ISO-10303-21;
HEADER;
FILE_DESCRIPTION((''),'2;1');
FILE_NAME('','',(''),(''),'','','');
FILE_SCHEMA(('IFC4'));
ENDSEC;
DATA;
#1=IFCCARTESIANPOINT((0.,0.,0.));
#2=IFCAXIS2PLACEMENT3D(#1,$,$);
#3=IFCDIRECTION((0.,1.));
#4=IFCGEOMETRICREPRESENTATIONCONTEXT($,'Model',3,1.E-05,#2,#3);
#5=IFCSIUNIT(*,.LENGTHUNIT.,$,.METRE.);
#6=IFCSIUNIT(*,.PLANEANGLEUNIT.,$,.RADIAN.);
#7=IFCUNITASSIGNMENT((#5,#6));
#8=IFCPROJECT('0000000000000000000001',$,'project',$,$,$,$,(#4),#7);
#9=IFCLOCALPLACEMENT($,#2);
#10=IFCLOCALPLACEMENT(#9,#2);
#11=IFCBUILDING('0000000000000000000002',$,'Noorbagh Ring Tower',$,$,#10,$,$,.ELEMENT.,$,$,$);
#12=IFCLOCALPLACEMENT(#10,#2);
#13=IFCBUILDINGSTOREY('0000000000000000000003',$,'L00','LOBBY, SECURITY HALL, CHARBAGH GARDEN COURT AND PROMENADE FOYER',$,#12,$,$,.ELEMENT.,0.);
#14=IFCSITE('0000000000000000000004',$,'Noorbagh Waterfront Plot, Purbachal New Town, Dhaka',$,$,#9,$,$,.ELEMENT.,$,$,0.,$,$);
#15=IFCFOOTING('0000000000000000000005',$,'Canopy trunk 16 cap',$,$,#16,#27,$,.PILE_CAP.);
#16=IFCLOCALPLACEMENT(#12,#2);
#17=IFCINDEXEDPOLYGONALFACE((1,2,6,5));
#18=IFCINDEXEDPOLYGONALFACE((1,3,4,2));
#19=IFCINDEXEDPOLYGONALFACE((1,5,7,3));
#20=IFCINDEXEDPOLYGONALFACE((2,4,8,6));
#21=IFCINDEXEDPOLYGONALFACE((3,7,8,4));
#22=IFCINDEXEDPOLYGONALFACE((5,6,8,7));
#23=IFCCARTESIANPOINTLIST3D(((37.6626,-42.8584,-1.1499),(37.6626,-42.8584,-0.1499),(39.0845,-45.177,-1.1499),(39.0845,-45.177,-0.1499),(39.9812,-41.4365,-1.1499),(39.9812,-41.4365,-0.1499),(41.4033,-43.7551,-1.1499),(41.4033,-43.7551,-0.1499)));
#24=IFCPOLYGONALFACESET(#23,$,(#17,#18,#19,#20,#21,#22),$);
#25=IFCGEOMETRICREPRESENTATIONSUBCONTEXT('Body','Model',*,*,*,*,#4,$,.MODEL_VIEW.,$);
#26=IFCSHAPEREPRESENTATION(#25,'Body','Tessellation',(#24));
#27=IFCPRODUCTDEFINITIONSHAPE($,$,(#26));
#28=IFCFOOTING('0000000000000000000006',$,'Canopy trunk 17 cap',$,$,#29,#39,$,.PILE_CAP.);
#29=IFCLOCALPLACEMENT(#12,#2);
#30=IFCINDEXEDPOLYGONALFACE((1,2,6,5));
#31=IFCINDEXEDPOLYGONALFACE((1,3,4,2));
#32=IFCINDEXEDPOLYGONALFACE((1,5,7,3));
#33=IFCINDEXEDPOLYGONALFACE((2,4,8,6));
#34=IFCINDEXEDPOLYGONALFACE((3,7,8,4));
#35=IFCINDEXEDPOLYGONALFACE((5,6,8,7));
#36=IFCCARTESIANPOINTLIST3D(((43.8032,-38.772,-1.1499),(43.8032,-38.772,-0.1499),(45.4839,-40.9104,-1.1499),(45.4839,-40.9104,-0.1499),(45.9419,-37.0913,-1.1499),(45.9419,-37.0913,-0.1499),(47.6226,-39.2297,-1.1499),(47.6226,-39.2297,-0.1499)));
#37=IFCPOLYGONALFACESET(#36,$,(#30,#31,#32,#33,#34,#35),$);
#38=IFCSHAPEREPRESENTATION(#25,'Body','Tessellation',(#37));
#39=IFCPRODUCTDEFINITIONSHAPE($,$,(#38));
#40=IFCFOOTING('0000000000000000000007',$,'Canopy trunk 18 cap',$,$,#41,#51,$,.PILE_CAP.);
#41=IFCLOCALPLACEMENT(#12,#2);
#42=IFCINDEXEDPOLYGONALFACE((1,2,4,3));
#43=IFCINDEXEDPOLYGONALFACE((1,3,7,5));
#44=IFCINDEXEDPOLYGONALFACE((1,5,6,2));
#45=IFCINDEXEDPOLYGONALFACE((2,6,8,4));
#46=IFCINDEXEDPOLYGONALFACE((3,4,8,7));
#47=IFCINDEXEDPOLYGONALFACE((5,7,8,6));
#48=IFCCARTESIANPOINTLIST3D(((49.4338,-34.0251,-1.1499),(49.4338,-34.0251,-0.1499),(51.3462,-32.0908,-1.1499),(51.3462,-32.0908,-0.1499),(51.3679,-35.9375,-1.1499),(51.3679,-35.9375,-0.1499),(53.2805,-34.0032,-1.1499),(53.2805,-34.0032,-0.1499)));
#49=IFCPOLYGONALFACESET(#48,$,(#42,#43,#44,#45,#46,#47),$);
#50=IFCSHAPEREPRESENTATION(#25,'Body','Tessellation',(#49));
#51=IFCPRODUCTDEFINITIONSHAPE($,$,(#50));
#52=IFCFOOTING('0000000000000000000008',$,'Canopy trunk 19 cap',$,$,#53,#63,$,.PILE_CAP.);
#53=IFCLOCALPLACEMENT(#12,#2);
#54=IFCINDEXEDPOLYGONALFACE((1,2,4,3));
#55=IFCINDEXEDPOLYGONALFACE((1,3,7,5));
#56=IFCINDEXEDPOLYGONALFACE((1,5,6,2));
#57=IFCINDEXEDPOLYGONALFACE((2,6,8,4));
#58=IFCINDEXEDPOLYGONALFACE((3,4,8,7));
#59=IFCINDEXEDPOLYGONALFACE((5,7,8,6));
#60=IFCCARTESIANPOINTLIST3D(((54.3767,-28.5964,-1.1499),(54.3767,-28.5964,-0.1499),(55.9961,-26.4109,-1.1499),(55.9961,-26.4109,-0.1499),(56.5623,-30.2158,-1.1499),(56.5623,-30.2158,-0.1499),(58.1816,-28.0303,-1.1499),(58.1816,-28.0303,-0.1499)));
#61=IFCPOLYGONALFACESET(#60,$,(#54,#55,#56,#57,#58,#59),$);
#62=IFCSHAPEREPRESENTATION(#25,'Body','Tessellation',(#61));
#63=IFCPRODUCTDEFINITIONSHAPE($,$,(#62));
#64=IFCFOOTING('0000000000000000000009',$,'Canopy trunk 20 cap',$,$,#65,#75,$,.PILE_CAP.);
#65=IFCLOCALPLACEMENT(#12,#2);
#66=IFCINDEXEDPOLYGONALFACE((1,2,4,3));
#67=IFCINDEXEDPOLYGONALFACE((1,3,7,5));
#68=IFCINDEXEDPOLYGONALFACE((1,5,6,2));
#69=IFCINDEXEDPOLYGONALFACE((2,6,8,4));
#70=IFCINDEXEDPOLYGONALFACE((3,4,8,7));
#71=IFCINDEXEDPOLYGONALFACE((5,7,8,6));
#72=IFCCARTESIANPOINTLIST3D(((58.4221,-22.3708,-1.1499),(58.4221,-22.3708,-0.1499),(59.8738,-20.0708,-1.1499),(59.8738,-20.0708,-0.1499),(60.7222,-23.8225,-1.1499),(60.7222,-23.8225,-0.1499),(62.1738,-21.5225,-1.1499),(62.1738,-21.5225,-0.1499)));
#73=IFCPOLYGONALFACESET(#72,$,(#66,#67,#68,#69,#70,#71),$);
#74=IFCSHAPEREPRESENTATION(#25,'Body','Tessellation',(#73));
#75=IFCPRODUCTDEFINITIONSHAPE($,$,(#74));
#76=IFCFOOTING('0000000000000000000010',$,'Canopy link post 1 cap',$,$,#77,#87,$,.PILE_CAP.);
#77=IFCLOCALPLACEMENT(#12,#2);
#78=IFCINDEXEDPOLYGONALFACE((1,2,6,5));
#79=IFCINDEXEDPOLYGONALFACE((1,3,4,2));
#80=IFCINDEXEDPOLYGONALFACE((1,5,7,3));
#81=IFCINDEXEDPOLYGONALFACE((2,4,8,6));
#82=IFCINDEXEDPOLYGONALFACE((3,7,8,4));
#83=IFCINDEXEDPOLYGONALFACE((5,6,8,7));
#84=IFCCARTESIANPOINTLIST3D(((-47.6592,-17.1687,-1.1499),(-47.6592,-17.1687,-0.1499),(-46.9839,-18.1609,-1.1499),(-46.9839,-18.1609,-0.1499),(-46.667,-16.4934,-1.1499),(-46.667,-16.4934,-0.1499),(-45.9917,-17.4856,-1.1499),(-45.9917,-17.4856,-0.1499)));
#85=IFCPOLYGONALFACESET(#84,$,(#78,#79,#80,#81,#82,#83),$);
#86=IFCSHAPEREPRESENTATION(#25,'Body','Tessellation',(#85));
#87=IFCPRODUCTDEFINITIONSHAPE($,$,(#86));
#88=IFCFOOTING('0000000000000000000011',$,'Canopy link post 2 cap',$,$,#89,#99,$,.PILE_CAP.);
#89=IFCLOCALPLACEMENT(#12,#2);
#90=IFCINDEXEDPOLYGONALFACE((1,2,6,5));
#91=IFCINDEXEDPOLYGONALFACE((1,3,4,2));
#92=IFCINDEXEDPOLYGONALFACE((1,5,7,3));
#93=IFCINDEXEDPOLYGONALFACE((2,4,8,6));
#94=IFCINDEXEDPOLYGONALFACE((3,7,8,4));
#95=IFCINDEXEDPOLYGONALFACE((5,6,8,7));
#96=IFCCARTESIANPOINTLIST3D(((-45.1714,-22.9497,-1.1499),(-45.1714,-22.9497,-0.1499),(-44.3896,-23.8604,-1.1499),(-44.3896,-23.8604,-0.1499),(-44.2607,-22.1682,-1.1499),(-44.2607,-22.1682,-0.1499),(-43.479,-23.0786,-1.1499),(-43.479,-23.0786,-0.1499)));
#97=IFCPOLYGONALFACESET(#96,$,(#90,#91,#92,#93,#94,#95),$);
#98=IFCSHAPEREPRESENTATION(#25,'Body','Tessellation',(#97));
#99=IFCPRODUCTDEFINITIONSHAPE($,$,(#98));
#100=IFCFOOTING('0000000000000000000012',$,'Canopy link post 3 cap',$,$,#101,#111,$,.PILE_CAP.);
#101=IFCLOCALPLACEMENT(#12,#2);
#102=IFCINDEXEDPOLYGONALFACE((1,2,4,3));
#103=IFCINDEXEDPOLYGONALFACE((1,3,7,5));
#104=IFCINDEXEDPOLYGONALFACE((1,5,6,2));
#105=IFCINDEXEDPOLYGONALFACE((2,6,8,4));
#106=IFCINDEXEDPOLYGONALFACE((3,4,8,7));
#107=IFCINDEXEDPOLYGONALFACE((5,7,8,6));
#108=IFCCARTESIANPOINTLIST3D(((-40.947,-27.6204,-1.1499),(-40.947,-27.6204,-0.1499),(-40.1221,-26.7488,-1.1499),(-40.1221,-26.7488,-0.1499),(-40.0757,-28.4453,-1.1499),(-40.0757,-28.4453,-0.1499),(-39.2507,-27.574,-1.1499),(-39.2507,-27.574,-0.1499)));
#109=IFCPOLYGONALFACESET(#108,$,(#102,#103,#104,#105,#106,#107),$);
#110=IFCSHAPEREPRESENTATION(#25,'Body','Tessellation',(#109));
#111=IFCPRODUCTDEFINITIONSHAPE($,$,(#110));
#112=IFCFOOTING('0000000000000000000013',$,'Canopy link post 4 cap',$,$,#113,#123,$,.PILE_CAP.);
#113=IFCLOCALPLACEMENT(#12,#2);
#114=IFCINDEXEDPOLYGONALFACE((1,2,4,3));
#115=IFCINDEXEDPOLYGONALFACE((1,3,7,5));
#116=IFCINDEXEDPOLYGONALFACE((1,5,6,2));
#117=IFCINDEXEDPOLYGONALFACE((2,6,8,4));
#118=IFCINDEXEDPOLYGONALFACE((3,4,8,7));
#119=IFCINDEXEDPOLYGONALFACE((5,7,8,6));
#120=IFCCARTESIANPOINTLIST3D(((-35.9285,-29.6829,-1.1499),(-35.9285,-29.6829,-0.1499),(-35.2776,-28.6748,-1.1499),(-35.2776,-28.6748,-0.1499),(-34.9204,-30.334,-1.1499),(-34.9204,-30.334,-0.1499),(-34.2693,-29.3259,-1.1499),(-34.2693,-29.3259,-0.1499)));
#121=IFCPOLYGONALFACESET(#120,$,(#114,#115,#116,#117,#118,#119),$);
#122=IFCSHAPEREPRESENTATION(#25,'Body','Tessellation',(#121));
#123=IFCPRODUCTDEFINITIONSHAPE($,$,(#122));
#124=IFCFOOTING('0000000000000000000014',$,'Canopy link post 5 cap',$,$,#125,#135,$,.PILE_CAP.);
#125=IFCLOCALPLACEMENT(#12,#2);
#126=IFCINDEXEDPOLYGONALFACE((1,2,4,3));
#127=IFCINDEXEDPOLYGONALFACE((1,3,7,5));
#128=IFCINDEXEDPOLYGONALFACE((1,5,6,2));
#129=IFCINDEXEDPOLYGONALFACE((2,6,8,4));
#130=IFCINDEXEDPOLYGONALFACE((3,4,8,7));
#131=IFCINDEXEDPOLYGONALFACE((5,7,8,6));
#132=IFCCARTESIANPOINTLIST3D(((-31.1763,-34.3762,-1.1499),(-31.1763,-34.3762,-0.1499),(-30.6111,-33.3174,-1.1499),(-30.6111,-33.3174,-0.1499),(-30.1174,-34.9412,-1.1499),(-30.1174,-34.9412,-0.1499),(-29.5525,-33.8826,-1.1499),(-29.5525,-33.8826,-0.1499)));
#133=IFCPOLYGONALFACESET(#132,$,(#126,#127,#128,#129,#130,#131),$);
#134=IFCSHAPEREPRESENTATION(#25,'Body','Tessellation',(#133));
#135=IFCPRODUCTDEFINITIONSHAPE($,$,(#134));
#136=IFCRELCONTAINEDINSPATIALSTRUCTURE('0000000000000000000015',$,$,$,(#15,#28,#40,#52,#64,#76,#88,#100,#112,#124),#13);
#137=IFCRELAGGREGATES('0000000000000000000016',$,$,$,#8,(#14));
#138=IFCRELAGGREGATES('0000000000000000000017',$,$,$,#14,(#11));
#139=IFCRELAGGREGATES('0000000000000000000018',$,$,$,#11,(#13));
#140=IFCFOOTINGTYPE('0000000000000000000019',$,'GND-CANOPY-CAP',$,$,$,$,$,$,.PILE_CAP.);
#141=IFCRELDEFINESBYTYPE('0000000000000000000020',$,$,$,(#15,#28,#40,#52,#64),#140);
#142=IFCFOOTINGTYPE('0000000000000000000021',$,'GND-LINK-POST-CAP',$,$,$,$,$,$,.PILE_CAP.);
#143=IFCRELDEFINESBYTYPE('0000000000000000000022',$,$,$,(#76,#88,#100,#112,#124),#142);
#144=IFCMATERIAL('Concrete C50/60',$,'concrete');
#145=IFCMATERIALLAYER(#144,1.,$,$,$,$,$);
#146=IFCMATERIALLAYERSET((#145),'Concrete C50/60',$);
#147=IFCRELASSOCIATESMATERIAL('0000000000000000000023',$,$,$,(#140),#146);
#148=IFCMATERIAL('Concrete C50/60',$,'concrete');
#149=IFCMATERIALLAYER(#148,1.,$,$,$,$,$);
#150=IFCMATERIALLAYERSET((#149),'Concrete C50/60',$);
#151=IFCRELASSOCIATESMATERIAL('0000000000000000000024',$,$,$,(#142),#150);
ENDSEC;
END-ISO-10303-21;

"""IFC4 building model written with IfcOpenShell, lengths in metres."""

from ifc_helpers import new_model, si_unit, direction, frame, origin, place, context, subcontext, project, spatial, polyline, outline, extrude, material, layer, layer_set, type_object, element, save


model = new_model("IFC4")

# Units and contexts
model_context = context("Model", 3, precision=1e-05, world=origin(), true_north=direction((0.0, 1.0)))
body_context = subcontext(model_context, "Body", "Model", "MODEL_VIEW")
ifc_project = project(units=[si_unit("LENGTHUNIT", "METRE"), si_unit("PLANEANGLEUNIT", "RADIAN")], contexts=[model_context])

# Site, building, storey
site_placement = place(None, origin())
site = spatial("IfcSite", under=ifc_project, at=site_placement, Name="Noorbagh Waterfront Plot, Purbachal New Town, Dhaka", CompositionType="ELEMENT", RefElevation=0.0)
building_placement = place(site_placement, origin())
building = spatial("IfcBuilding", under=site, at=building_placement, Name="Noorbagh Ring Tower", CompositionType="ELEMENT")
storey_placement = place(building_placement, origin())
storey = spatial("IfcBuildingStorey", under=building, at=storey_placement, Name="L00", Description="LOBBY, SECURITY HALL, CHARBAGH GARDEN COURT AND PROMENADE FOYER", CompositionType="ELEMENT", Elevation=0.0)

# Footings
ifc_material_1 = material(Name="Concrete C50/60", Category="concrete")
ifc_layer_1 = layer(ifc_material_1, 1.0)
ifc_layer_set_1 = layer_set([ifc_layer_1], Name="Concrete C50/60")
footing_type_1 = type_object("IfcFootingType", Name="GND-CANOPY-CAP", PredefinedType="PILE_CAP", material=ifc_layer_set_1)
footing_1_placement = place(storey_placement, frame((0.0, 0.0, -1.1499)))
element("IfcFooting", 1, at=footing_1_placement, inside=storey, type_object=footing_type_1, Name="Canopy trunk 16 cap", PredefinedType="PILE_CAP", context=body_context, shape_type="SweptSolid", body=[
    extrude(outline(polyline([(39.0845, -45.177), (41.4033, -43.7551), (39.9812, -41.4365), (37.6626, -42.8584), (39.0845, -45.177)])), origin(), (0.0, 0.0, 1.0), 1.0),
])
footing_2_placement = place(storey_placement, frame((0.0, 0.0, -1.1499)))
element("IfcFooting", 2, at=footing_2_placement, inside=storey, type_object=footing_type_1, Name="Canopy trunk 17 cap", PredefinedType="PILE_CAP", context=body_context, shape_type="SweptSolid", body=[
    extrude(outline(polyline([(45.4839, -40.9104), (47.6226, -39.2297), (45.9419, -37.0913), (43.8032, -38.772), (45.4839, -40.9104)])), origin(), (0.0, 0.0, 1.0), 1.0),
])
footing_3_placement = place(storey_placement, frame((0.0, 0.0, -1.1499)))
element("IfcFooting", 3, at=footing_3_placement, inside=storey, type_object=footing_type_1, Name="Canopy trunk 18 cap", PredefinedType="PILE_CAP", context=body_context, shape_type="SweptSolid", body=[
    extrude(outline(polyline([(51.3679, -35.9375), (53.2805, -34.0032), (51.3462, -32.0908), (49.4338, -34.0251), (51.3679, -35.9375)])), origin(), (0.0, 0.0, 1.0), 1.0),
])
footing_4_placement = place(storey_placement, frame((0.0, 0.0, -1.1499)))
element("IfcFooting", 4, at=footing_4_placement, inside=storey, type_object=footing_type_1, Name="Canopy trunk 19 cap", PredefinedType="PILE_CAP", context=body_context, shape_type="SweptSolid", body=[
    extrude(outline(polyline([(56.5623, -30.2158), (58.1816, -28.0303), (55.9961, -26.4109), (54.3767, -28.5964), (56.5623, -30.2158)])), origin(), (0.0, 0.0, 1.0), 1.0),
])
footing_5_placement = place(storey_placement, frame((0.0, 0.0, -1.1499)))
element("IfcFooting", 5, at=footing_5_placement, inside=storey, type_object=footing_type_1, Name="Canopy trunk 20 cap", PredefinedType="PILE_CAP", context=body_context, shape_type="SweptSolid", body=[
    extrude(outline(polyline([(60.7222, -23.8225), (62.1738, -21.5225), (59.8738, -20.0708), (58.4221, -22.3708), (60.7222, -23.8225)])), origin(), (0.0, 0.0, 1.0), 1.0),
])
ifc_material_2 = material(Name="Concrete C50/60", Category="concrete")
ifc_layer_2 = layer(ifc_material_2, 1.0)
ifc_layer_set_2 = layer_set([ifc_layer_2], Name="Concrete C50/60")
footing_type_2 = type_object("IfcFootingType", Name="GND-LINK-POST-CAP", PredefinedType="PILE_CAP", material=ifc_layer_set_2)
footing_6_placement = place(storey_placement, frame((0.0, 0.0, -1.1499)))
element("IfcFooting", 6, at=footing_6_placement, inside=storey, type_object=footing_type_2, Name="Canopy link post 1 cap", PredefinedType="PILE_CAP", context=body_context, shape_type="SweptSolid", body=[
    extrude(outline(polyline([(-45.9917, -17.4856), (-46.9839, -18.1609), (-47.6592, -17.1687), (-46.667, -16.4934), (-45.9917, -17.4856)])), origin(), (0.0, 0.0, 1.0), 1.0),
])
footing_7_placement = place(storey_placement, frame((0.0, 0.0, -1.1499)))
element("IfcFooting", 7, at=footing_7_placement, inside=storey, type_object=footing_type_2, Name="Canopy link post 2 cap", PredefinedType="PILE_CAP", context=body_context, shape_type="SweptSolid", body=[
    extrude(outline(polyline([(-43.479, -23.0786), (-44.3896, -23.8604), (-45.1714, -22.9497), (-44.2607, -22.1682), (-43.479, -23.0786)])), origin(), (0.0, 0.0, 1.0), 1.0),
])
footing_8_placement = place(storey_placement, frame((0.0, 0.0, -1.1499)))
element("IfcFooting", 8, at=footing_8_placement, inside=storey, type_object=footing_type_2, Name="Canopy link post 3 cap", PredefinedType="PILE_CAP", context=body_context, shape_type="SweptSolid", body=[
    extrude(outline(polyline([(-39.2507, -27.574), (-40.0757, -28.4453), (-40.947, -27.6204), (-40.1221, -26.7488), (-39.2507, -27.574)])), origin(), (0.0, 0.0, 1.0), 1.0),
])
footing_9_placement = place(storey_placement, frame((0.0, 0.0, -1.1499)))
element("IfcFooting", 9, at=footing_9_placement, inside=storey, type_object=footing_type_2, Name="Canopy link post 4 cap", PredefinedType="PILE_CAP", context=body_context, shape_type="SweptSolid", body=[
    extrude(outline(polyline([(-34.2693, -29.3259), (-34.9204, -30.334), (-35.9285, -29.6829), (-35.2776, -28.6748), (-34.2693, -29.3259)])), origin(), (0.0, 0.0, 1.0), 1.0),
])
footing_10_placement = place(storey_placement, frame((0.0, 0.0, -1.1499)))
element("IfcFooting", 10, at=footing_10_placement, inside=storey, type_object=footing_type_2, Name="Canopy link post 5 cap", PredefinedType="PILE_CAP", context=body_context, shape_type="SweptSolid", body=[
    extrude(outline(polyline([(-29.5525, -33.8826), (-30.1174, -34.9412), (-31.1763, -34.3762), (-30.6111, -33.3174), (-29.5525, -33.8826)])), origin(), (0.0, 0.0, 1.0), 1.0),
])

save(model, "model.ifc")
